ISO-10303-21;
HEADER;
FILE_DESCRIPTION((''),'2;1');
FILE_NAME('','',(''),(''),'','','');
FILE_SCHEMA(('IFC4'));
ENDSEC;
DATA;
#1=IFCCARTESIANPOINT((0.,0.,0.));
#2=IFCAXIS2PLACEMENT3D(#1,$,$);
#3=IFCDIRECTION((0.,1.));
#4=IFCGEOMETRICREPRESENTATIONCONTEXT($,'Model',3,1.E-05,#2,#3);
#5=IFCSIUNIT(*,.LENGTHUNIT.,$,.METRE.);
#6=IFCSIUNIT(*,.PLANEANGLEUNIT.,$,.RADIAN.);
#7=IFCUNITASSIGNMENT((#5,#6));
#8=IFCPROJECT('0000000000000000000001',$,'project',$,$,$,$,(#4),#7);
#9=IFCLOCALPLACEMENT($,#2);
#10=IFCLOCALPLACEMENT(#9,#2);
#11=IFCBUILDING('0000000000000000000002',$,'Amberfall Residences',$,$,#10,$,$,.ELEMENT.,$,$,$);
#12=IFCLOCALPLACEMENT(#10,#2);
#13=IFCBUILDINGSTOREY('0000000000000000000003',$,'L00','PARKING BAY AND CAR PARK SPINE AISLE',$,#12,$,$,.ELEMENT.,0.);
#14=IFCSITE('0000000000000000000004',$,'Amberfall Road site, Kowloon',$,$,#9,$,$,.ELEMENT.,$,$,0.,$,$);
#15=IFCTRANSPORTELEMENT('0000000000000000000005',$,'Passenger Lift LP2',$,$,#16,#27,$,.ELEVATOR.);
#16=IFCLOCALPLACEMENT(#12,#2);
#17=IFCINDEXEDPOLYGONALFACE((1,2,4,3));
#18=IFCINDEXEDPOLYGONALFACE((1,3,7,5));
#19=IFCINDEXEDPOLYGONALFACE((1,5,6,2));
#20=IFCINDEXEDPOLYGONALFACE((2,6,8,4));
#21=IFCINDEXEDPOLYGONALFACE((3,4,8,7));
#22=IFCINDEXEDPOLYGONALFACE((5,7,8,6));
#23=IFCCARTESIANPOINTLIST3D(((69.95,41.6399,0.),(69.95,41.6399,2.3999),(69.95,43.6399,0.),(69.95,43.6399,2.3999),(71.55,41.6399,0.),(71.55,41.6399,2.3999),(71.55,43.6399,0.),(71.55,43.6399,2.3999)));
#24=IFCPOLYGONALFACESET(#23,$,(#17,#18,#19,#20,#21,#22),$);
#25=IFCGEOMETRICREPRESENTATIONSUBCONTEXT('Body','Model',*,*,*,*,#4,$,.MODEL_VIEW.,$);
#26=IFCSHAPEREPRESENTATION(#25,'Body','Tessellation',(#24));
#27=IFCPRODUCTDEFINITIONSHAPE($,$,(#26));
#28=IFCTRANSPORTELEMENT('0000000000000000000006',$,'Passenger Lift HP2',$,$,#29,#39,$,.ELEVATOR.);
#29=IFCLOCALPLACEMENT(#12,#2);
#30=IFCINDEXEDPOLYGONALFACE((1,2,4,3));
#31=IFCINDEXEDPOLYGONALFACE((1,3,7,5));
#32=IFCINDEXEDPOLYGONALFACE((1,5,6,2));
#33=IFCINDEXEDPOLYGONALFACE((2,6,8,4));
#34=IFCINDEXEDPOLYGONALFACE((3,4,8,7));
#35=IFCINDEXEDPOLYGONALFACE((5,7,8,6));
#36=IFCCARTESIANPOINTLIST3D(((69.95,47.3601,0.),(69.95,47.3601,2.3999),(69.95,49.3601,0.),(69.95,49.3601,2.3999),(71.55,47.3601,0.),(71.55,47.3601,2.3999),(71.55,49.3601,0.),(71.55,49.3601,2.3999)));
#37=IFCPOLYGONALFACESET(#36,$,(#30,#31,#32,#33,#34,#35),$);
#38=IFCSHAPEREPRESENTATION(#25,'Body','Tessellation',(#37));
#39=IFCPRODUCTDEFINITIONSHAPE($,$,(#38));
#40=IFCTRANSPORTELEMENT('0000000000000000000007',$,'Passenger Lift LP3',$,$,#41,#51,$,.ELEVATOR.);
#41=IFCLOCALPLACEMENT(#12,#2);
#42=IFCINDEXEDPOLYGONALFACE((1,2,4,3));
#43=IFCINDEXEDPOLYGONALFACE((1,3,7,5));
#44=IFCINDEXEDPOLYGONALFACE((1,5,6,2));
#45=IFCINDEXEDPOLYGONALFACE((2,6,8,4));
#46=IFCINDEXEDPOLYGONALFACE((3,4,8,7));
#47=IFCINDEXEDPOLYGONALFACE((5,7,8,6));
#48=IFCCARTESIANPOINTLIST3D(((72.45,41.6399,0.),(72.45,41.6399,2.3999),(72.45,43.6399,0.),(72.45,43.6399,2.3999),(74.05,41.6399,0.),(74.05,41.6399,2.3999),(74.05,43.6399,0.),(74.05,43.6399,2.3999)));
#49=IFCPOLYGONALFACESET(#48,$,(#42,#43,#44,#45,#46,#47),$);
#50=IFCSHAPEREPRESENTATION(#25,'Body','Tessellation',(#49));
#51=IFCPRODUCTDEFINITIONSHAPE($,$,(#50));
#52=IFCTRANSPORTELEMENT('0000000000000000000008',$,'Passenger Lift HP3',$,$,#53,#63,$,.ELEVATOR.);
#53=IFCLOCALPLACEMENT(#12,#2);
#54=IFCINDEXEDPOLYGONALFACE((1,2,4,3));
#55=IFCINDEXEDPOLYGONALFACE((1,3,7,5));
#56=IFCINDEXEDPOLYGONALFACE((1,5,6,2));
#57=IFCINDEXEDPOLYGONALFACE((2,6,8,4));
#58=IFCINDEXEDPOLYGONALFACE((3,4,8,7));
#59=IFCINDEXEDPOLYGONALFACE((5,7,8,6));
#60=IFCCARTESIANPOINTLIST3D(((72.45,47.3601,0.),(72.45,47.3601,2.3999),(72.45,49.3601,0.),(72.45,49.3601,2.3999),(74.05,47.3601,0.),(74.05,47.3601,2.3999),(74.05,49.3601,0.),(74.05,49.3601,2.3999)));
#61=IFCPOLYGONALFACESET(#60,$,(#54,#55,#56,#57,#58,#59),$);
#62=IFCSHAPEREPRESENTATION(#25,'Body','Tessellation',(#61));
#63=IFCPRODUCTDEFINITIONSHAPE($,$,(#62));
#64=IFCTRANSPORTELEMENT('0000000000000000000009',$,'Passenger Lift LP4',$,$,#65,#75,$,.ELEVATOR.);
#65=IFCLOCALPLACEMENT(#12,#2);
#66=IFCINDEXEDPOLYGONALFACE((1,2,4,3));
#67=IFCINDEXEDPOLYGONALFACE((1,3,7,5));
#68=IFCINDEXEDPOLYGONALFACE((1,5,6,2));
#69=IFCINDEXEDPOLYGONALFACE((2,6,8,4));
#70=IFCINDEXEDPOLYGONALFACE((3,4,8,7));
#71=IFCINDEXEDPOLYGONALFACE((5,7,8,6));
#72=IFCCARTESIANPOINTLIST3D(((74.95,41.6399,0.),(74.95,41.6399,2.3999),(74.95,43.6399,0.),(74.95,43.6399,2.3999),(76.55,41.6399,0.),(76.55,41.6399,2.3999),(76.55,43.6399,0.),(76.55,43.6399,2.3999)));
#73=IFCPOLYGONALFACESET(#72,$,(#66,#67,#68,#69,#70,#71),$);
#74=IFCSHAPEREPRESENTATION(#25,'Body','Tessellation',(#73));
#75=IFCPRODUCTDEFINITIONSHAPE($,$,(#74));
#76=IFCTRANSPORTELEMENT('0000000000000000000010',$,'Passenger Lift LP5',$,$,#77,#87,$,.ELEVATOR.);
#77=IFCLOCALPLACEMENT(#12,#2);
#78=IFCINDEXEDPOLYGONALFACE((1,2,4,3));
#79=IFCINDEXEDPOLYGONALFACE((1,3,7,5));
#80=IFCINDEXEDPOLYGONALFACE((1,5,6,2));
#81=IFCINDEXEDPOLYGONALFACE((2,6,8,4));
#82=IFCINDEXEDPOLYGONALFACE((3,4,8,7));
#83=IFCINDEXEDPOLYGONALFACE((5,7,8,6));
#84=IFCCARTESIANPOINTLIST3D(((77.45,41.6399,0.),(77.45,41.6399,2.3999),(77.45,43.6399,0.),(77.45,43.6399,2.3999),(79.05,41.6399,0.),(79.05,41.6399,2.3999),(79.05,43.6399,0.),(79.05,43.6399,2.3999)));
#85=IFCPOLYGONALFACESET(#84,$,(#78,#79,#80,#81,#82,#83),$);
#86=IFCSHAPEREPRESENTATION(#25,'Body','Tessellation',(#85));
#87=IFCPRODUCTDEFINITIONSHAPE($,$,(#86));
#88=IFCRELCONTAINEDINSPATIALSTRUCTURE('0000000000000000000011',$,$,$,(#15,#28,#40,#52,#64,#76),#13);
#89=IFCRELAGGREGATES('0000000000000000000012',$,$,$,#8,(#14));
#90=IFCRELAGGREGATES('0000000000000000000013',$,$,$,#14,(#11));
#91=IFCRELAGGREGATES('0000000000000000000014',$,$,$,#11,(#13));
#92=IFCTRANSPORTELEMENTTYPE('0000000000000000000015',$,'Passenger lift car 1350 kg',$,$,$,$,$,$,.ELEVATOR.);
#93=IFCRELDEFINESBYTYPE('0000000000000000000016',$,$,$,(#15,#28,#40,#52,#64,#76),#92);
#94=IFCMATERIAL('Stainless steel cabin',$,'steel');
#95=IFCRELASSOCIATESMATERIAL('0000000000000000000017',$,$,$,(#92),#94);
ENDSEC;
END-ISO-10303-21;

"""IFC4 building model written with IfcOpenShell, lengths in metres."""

from ifc_helpers import new_model, si_unit, direction, frame, origin, origin_2d, place, context, subcontext, project, spatial, rectangle, extrude, material, type_object, element, save


model = new_model("IFC4")

# Units and contexts
model_context = context("Model", 3, precision=1e-05, world=origin(), true_north=direction((0.0, 1.0)))
body_context = subcontext(model_context, "Body", "Model", "MODEL_VIEW")
ifc_project = project(units=[si_unit("LENGTHUNIT", "METRE"), si_unit("PLANEANGLEUNIT", "RADIAN")], contexts=[model_context])

# Site, building, storey
site_placement = place(None, origin())
site = spatial("IfcSite", under=ifc_project, at=site_placement, Name="Amberfall Road site, Kowloon", CompositionType="ELEMENT", RefElevation=0.0)
building_placement = place(site_placement, origin())
building = spatial("IfcBuilding", under=site, at=building_placement, Name="Amberfall Residences", CompositionType="ELEMENT")
storey_placement = place(building_placement, origin())
storey = spatial("IfcBuildingStorey", under=building, at=storey_placement, Name="L00", Description="PARKING BAY AND CAR PARK SPINE AISLE", CompositionType="ELEMENT", Elevation=0.0)

# Transport elements
ifc_material_1 = material(Name="Stainless steel cabin", Category="steel")
transport_element_type = type_object("IfcTransportElementType", Name="Passenger lift car 1350 kg", PredefinedType="ELEVATOR", material=ifc_material_1)
for number, where, z_axis, x_axis, name in (
    (1, (70.75, 42.6399, 0.0), (0.0, 0.0, 1.0), (1.0, 0.0, 0.0), "Passenger Lift LP2"),
    (2, (70.75, 48.3601, 0.0), (0.0, 0.0, 1.0), (1.0, 0.0, 0.0), "Passenger Lift HP2"),
    (3, (73.25, 42.6399, 0.0), (0.0, 0.0, 1.0), (1.0, 0.0, 0.0), "Passenger Lift LP3"),
    (4, (73.25, 48.3601, 0.0), (0.0, 0.0, 1.0), (1.0, 0.0, 0.0), "Passenger Lift HP3"),
    (5, (75.75, 42.6399, 0.0), (0.0, 0.0, 1.0), (1.0, 0.0, 0.0), "Passenger Lift LP4"),
    (6, (78.25, 42.6399, 0.0), (0.0, 0.0, 1.0), (1.0, 0.0, 0.0), "Passenger Lift LP5"),
):
    element("IfcTransportElement", number, at=place(storey_placement, frame(where, z_axis=z_axis, x_axis=x_axis)), inside=storey, type_object=transport_element_type, Name=name, PredefinedType="ELEVATOR", context=body_context, shape_type="SweptSolid", body=[
        extrude(rectangle(XDim=1.6001, YDim=2.0, at=origin_2d()), origin(), (0.0, 0.0, 1.0), 2.3999),
    ])

save(model, "model.ifc")
